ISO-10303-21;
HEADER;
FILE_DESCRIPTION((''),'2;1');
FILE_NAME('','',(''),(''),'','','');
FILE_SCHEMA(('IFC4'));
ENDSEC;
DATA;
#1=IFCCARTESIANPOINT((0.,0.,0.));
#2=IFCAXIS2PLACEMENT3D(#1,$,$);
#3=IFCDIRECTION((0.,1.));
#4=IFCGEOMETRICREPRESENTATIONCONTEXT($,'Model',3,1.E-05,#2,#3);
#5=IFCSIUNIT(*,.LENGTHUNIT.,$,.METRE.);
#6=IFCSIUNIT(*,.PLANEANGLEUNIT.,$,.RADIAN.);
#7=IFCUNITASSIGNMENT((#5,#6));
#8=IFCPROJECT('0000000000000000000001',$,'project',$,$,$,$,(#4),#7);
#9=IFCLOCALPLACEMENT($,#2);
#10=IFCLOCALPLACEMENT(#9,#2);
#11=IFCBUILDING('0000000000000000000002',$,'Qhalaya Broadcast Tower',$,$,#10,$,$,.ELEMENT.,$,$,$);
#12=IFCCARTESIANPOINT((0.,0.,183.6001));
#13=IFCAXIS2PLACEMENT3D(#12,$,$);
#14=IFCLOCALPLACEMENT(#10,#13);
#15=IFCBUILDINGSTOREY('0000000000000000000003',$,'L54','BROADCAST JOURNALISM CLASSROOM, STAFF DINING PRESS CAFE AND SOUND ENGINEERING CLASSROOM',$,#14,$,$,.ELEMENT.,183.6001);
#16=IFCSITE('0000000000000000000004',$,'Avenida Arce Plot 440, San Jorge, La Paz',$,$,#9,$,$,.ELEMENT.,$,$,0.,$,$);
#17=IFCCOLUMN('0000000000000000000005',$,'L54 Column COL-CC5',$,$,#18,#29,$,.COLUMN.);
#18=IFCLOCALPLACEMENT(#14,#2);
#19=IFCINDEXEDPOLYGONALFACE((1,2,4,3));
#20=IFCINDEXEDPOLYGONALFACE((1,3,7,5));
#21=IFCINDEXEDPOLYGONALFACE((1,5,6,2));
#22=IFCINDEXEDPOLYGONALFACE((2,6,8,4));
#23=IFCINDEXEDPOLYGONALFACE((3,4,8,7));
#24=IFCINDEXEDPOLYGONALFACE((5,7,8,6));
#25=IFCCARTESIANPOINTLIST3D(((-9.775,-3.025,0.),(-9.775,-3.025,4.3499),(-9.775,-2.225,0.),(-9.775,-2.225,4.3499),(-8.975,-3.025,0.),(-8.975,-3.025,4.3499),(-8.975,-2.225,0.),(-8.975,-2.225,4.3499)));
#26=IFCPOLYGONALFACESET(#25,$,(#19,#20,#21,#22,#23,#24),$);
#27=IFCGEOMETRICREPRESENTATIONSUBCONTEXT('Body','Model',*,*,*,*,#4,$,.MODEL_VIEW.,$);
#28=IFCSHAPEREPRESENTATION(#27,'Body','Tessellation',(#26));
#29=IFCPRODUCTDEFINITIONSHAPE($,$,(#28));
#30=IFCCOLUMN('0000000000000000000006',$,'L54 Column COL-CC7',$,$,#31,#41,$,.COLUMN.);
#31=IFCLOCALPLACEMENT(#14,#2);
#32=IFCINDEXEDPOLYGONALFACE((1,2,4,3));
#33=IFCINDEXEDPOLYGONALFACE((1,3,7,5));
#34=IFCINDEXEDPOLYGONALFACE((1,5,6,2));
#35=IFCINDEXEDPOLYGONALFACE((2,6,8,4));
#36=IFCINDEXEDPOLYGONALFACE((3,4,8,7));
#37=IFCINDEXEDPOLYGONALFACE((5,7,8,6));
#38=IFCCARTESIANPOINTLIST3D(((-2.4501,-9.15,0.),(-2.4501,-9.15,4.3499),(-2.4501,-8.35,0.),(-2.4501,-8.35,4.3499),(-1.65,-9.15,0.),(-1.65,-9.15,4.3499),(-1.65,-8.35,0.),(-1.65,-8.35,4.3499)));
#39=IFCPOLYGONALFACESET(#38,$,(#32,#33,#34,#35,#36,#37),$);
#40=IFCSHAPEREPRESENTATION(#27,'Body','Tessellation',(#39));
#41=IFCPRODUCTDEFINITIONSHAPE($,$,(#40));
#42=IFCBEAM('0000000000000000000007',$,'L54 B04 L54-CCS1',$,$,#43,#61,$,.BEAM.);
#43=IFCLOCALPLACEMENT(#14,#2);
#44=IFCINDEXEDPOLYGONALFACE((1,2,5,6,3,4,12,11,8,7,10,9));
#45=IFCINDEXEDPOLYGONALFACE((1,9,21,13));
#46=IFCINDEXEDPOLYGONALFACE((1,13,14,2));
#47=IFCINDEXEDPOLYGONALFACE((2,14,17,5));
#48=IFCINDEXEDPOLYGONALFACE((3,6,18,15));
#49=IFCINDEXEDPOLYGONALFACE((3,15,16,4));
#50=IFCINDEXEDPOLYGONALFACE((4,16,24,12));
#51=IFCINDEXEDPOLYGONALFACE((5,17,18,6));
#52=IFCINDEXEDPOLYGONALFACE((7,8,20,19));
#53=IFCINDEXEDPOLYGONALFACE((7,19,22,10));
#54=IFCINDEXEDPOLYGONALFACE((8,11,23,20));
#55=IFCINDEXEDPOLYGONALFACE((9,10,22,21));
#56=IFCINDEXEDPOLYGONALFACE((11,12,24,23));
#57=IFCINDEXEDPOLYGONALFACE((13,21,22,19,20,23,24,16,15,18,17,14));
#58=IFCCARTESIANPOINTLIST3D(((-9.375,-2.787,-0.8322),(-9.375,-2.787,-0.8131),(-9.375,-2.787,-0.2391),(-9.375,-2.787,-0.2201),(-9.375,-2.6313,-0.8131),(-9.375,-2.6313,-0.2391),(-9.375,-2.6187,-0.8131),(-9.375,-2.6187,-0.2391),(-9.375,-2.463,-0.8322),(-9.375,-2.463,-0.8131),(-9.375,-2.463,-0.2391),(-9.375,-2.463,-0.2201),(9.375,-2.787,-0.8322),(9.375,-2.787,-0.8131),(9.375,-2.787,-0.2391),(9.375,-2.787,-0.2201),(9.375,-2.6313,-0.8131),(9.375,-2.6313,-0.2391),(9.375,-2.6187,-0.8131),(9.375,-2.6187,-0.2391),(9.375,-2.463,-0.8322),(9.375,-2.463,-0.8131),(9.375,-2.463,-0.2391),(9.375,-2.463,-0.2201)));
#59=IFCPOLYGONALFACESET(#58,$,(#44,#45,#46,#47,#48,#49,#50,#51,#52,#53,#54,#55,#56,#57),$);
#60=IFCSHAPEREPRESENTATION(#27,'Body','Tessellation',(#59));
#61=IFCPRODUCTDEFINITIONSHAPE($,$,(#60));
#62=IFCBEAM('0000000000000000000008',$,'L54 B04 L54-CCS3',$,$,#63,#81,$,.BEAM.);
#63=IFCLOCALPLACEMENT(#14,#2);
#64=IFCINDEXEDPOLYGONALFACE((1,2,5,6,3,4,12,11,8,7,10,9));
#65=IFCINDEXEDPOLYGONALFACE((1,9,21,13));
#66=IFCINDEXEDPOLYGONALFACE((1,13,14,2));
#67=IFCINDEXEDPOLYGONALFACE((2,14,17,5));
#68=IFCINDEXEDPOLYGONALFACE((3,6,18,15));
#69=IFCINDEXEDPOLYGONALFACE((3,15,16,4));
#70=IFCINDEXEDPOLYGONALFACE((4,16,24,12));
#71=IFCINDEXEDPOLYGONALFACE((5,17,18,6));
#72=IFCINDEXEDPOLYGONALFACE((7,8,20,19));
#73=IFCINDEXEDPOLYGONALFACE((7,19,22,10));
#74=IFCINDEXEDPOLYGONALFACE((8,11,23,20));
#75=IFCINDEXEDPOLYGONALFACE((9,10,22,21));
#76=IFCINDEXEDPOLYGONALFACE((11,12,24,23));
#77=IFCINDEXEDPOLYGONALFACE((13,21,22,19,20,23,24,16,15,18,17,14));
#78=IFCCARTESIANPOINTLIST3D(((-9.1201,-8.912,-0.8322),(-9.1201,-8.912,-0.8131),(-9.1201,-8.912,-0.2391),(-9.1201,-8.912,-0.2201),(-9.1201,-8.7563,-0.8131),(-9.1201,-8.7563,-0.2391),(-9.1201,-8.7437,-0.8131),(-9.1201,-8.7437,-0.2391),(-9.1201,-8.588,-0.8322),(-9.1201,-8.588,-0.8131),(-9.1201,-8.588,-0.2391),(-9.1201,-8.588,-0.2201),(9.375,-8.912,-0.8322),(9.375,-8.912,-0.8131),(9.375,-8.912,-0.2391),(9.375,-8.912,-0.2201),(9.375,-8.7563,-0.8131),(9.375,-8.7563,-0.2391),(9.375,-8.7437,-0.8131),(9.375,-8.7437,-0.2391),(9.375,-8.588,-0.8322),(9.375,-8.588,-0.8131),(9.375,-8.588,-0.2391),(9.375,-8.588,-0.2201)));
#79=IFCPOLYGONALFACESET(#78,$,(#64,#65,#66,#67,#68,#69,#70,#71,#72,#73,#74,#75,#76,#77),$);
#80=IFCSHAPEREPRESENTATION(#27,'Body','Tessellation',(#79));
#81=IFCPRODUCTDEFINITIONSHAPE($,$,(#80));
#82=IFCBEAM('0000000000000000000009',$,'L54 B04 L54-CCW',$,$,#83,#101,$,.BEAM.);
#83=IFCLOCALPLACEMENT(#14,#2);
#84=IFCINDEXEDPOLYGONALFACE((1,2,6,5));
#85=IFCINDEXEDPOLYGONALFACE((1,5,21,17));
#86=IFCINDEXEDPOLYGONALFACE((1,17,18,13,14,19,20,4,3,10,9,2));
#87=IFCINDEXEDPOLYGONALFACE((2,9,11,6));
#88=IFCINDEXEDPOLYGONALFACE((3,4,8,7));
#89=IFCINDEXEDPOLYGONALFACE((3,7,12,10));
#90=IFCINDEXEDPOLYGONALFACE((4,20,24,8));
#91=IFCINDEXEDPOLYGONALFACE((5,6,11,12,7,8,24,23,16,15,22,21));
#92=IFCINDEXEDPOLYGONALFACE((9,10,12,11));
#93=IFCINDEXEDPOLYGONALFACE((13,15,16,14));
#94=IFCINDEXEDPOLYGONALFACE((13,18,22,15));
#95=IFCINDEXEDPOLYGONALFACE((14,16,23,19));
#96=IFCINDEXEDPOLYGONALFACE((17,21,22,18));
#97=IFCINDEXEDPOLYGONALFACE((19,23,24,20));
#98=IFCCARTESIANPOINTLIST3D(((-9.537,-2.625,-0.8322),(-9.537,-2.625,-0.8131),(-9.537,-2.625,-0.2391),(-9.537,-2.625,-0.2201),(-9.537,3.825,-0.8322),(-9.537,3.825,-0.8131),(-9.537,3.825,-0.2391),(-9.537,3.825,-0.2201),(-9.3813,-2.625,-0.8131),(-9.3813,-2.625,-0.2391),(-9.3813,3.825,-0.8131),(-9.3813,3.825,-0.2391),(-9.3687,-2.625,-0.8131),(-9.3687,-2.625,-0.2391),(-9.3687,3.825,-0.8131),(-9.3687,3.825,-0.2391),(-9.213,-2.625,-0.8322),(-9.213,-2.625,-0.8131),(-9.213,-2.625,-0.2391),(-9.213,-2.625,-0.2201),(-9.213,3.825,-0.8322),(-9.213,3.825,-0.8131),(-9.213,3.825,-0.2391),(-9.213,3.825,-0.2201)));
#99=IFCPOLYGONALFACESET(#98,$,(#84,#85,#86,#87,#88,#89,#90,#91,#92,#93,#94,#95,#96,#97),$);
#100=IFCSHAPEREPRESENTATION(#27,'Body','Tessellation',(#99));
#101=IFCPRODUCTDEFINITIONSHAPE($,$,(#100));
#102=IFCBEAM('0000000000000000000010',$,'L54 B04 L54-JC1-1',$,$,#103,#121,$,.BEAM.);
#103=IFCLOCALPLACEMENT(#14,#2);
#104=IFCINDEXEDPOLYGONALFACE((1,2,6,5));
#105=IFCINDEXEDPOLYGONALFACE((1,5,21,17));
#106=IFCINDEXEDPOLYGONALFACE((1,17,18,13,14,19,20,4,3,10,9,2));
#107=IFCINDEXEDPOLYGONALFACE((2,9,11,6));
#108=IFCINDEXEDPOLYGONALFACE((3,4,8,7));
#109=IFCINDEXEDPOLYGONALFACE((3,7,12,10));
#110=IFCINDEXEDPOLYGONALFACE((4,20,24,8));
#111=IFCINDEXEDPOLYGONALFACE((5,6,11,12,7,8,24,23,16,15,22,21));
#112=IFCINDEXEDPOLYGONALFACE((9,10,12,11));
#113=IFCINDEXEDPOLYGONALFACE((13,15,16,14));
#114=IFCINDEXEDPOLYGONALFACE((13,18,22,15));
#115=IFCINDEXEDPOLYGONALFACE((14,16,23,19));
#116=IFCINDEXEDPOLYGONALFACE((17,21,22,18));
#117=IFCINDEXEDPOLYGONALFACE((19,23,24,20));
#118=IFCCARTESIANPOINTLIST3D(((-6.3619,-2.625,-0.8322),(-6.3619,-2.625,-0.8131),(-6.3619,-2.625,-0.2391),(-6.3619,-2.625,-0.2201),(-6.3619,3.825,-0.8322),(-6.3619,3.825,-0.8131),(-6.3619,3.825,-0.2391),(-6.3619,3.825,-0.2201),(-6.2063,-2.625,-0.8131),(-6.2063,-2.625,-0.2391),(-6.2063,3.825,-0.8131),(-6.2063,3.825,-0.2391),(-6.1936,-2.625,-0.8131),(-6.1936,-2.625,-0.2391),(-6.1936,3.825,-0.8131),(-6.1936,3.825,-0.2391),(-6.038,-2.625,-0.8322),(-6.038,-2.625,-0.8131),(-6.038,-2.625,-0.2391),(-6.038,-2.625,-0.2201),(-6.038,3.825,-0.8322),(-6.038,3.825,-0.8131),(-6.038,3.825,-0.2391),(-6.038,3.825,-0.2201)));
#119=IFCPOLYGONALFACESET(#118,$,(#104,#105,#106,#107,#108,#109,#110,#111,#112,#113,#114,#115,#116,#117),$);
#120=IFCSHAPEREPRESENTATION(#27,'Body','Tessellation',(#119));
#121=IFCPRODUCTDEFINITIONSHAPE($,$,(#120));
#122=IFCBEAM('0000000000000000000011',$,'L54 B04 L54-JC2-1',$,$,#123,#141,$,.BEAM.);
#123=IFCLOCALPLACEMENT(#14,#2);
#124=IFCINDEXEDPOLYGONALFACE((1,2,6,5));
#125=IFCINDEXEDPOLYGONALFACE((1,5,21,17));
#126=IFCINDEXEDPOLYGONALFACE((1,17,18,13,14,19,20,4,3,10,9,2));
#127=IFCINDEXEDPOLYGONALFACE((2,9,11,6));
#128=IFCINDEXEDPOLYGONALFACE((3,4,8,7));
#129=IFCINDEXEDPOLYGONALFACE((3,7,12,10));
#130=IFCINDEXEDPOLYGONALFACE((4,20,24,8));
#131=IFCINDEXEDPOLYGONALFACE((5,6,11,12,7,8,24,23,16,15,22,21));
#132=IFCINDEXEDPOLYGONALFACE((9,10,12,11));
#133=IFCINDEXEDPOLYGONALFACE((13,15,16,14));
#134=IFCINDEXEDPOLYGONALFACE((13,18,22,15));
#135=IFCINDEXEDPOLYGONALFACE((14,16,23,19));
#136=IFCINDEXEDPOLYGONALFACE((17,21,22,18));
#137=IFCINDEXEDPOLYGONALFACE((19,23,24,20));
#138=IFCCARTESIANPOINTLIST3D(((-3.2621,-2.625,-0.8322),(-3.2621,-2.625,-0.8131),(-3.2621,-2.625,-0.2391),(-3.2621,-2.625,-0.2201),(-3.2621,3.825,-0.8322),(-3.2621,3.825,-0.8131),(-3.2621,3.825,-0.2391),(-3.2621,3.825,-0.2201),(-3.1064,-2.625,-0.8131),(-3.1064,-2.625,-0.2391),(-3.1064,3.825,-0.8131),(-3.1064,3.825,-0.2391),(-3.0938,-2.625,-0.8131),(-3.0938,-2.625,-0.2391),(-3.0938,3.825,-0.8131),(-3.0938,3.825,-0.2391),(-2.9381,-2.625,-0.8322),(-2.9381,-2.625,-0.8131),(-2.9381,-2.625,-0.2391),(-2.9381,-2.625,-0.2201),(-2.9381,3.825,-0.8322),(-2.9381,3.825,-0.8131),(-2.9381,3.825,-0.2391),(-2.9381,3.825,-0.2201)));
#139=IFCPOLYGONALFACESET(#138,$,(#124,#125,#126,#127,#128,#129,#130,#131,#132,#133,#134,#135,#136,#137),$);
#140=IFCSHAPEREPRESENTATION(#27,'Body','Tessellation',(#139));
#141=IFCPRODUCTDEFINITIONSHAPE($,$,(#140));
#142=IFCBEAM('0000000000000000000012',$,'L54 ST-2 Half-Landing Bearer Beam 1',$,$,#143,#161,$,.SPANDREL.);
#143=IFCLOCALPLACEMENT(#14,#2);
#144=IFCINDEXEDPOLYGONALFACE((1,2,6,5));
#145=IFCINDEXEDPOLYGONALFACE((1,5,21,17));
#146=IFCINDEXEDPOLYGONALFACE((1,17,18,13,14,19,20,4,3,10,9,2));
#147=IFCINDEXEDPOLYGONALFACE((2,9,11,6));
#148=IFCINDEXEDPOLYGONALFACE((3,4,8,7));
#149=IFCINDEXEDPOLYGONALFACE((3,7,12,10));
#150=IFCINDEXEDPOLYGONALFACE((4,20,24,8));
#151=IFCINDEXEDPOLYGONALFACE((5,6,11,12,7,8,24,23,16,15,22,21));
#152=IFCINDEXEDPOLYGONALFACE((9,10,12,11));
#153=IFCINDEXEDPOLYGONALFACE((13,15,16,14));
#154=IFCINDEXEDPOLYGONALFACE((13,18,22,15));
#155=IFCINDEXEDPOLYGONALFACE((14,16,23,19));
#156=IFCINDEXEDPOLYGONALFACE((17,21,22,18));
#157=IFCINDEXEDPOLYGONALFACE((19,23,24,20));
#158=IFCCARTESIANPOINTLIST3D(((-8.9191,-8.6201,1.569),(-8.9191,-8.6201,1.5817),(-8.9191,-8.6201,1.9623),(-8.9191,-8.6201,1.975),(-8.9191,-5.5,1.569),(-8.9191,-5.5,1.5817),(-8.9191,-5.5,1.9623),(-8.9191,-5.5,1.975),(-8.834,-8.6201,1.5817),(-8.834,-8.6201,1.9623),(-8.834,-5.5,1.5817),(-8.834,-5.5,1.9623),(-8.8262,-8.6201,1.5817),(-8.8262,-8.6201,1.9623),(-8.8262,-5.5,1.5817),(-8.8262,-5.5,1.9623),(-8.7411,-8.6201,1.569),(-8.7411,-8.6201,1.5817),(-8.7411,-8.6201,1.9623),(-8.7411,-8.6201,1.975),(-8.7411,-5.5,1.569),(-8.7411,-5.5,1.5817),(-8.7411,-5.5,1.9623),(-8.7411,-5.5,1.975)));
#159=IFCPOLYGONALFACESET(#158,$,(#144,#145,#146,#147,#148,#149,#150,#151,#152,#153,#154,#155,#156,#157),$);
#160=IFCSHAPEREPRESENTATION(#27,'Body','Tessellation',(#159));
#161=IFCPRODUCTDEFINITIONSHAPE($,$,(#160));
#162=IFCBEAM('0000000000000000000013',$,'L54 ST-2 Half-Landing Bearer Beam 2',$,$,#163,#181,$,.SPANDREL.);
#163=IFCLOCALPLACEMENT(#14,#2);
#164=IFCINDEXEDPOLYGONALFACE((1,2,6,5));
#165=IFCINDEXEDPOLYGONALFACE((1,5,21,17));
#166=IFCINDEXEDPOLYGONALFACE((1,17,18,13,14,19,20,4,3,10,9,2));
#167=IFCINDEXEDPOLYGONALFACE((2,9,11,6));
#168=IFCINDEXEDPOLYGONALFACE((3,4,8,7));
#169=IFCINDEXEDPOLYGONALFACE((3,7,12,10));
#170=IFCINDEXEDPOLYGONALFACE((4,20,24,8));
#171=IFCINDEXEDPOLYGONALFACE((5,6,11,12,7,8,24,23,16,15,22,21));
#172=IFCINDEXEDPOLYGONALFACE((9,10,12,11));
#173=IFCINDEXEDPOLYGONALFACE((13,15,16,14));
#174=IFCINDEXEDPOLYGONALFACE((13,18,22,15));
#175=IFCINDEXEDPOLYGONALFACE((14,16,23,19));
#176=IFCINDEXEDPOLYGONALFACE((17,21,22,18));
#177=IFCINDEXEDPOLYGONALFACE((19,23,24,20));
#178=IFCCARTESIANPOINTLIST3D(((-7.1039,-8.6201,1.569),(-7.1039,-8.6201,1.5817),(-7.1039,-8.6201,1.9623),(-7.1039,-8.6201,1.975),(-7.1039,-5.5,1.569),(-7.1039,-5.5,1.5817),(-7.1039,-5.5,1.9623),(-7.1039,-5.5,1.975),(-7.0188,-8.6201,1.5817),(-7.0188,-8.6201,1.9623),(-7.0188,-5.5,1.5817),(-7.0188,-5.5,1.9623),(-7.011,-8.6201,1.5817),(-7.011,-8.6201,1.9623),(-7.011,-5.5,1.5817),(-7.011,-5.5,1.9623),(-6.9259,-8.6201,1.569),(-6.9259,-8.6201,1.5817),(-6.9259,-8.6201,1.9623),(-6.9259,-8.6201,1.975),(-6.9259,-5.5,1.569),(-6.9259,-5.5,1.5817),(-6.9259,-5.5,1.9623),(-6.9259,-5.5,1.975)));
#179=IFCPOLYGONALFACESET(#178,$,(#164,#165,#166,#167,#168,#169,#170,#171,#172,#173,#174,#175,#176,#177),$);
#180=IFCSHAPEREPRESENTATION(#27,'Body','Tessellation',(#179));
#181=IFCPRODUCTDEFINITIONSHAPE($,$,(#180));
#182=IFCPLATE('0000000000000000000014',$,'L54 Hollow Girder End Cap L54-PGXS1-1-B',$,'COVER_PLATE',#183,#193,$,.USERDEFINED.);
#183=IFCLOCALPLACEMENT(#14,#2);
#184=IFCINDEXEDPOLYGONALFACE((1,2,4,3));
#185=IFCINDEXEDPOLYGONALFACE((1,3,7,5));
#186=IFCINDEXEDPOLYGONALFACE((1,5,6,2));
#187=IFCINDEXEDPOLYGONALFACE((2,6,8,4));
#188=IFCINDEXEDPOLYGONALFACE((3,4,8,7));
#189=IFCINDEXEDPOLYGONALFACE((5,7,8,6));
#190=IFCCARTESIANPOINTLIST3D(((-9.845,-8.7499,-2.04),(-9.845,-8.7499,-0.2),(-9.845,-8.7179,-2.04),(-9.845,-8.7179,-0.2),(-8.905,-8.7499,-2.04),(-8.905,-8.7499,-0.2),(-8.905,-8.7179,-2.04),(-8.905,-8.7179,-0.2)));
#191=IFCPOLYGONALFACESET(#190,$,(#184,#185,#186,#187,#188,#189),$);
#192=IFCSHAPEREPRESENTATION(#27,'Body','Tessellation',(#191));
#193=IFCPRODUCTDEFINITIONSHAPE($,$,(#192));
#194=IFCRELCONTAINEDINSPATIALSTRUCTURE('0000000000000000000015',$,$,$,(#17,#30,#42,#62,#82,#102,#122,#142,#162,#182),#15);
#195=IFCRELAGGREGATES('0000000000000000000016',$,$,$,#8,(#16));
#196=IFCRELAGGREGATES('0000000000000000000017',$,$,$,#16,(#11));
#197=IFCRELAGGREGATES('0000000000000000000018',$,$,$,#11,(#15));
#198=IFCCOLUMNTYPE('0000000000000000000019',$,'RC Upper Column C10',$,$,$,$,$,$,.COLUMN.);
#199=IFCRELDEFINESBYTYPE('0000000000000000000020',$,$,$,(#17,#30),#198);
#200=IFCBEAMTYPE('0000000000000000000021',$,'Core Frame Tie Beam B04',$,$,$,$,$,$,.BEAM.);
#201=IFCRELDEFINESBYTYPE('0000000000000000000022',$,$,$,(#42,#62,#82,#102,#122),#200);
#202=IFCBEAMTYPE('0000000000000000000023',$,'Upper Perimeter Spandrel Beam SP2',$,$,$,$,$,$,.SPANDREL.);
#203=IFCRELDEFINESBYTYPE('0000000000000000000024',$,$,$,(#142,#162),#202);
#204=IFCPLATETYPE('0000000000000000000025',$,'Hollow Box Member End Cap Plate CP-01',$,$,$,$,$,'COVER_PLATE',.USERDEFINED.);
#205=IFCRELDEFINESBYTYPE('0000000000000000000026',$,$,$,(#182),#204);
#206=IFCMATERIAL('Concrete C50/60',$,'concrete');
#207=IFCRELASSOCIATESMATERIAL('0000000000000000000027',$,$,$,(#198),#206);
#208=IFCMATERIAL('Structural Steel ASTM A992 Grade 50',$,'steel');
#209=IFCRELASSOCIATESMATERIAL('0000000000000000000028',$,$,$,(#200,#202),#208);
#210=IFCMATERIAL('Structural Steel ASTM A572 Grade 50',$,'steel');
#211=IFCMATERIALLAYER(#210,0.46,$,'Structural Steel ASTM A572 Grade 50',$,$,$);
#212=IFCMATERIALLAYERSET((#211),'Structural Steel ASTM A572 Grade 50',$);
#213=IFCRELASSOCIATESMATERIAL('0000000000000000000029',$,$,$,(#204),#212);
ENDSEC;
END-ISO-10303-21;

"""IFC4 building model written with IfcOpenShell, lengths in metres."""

from ifc_helpers import new_model, si_unit, direction, frame, origin, origin_2d, place, context, subcontext, project, spatial, rectangle, i_section, extrude, material, layer, layer_set, material_profile, profile_set, type_object, element, save


model = new_model("IFC4")

# Units and contexts
model_context = context("Model", 3, precision=1e-05, world=origin(), true_north=direction((0.0, 1.0)))
body_context = subcontext(model_context, "Body", "Model", "MODEL_VIEW")
ifc_project = project(units=[si_unit("LENGTHUNIT", "METRE"), si_unit("PLANEANGLEUNIT", "RADIAN")], contexts=[model_context])

# Site, building, storey
site_placement = place(None, origin())
site = spatial("IfcSite", under=ifc_project, at=site_placement, Name="Avenida Arce Plot 440, San Jorge, La Paz", CompositionType="ELEMENT", RefElevation=0.0)
building_placement = place(site_placement, origin())
building = spatial("IfcBuilding", under=site, at=building_placement, Name="Qhalaya Broadcast Tower", CompositionType="ELEMENT")
storey_placement = place(building_placement, frame((0.0, 0.0, 183.6001)))
storey = spatial("IfcBuildingStorey", under=building, at=storey_placement, Name="L54", Description="BROADCAST JOURNALISM CLASSROOM, STAFF DINING PRESS CAFE AND SOUND ENGINEERING CLASSROOM", CompositionType="ELEMENT", Elevation=183.6001)

# Columns
ifc_material_1 = material(Name="Concrete C50/60", Category="concrete")
ifc_material_profile_1 = material_profile(ifc_material_1, rectangle(XDim=0.8, YDim=0.8, at=origin_2d()), Name="RC-COL 800x800")
ifc_profile_set_1 = profile_set([ifc_material_profile_1], Name="Concrete C50/60")
column_type = type_object("IfcColumnType", Name="RC Upper Column C10", PredefinedType="COLUMN", material=ifc_profile_set_1)
for number, where, z_axis, x_axis, name in (
    (1, (-9.375, -2.625, 0.0), (0.0, 0.0, 1.0), (1.0, 0.0, 0.0), "L54 Column COL-CC5"),
    (2, (-2.05, -8.75, 0.0), (0.0, 0.0, 1.0), (1.0, 0.0, 0.0), "L54 Column COL-CC7"),
):
    element("IfcColumn", number, at=place(storey_placement, frame(where, z_axis=z_axis, x_axis=x_axis)), inside=storey, type_object=column_type, Name=name, PredefinedType="COLUMN", context=body_context, shape_type="SweptSolid", body=[
        extrude(rectangle(XDim=0.8, YDim=0.8, at=origin_2d()), origin(), (0.0, 0.0, 1.0), 4.3499),
    ])

# Beams
ifc_material_2 = material(Name="Structural Steel ASTM A992 Grade 50", Category="steel")
ifc_material_profile_2 = material_profile(ifc_material_2, i_section(OverallWidth=0.324, OverallDepth=0.6121, WebThickness=0.0127, FlangeThickness=0.019, at=origin_2d()), Name="W24X104")
ifc_profile_set_2 = profile_set([ifc_material_profile_2], Name="Structural Steel ASTM A992 Grade 50")
beam_type_1 = type_object("IfcBeamType", Name="Core Frame Tie Beam B04", PredefinedType="BEAM", material=ifc_profile_set_2)
beam_1_placement = place(storey_placement, frame((-9.375, -2.625, -0.5261), z_axis=(1.0, 0.0, 0.0), x_axis=(0.0, 1.0, 0.0)))
element("IfcBeam", 3, at=beam_1_placement, inside=storey, type_object=beam_type_1, Name="L54 B04 L54-CCS1", PredefinedType="BEAM", context=body_context, shape_type="SweptSolid", body=[
    extrude(i_section(OverallWidth=0.324, OverallDepth=0.6121, WebThickness=0.0127, FlangeThickness=0.019, at=origin_2d()), origin(), (0.0, 0.0, 1.0), 18.75),
])
beam_2_placement = place(storey_placement, frame((-9.1201, -8.75, -0.5261), z_axis=(1.0, 0.0, 0.0), x_axis=(0.0, 1.0, 0.0)))
element("IfcBeam", 4, at=beam_2_placement, inside=storey, type_object=beam_type_1, Name="L54 B04 L54-CCS3", PredefinedType="BEAM", context=body_context, shape_type="SweptSolid", body=[
    extrude(i_section(OverallWidth=0.324, OverallDepth=0.6121, WebThickness=0.0127, FlangeThickness=0.019, at=origin_2d()), origin(), (0.0, 0.0, 1.0), 18.4951),
])
for number, where, z_axis, x_axis, name in (
    (5, (-9.375, -2.625, -0.5261), (0.0, 1.0, 0.0), (-1.0, 0.0, 0.0), "L54 B04 L54-CCW"),
    (6, (-6.2, -2.625, -0.5261), (0.0, 1.0, 0.0), (-1.0, 0.0, 0.0), "L54 B04 L54-JC1-1"),
    (7, (-3.1001, -2.625, -0.5261), (0.0, 1.0, 0.0), (-1.0, 0.0, 0.0), "L54 B04 L54-JC2-1"),
):
    element("IfcBeam", number, at=place(storey_placement, frame(where, z_axis=z_axis, x_axis=x_axis)), inside=storey, type_object=beam_type_1, Name=name, PredefinedType="BEAM", context=body_context, shape_type="SweptSolid", body=[
        extrude(i_section(OverallWidth=0.324, OverallDepth=0.6121, WebThickness=0.0127, FlangeThickness=0.019, at=origin_2d()), origin(), (0.0, 0.0, 1.0), 6.45),
    ])
ifc_material_profile_3 = material_profile(ifc_material_2, i_section(OverallWidth=0.178, OverallDepth=0.406, WebThickness=0.0078, FlangeThickness=0.0127, at=origin_2d()), Name="W16X40")
ifc_profile_set_3 = profile_set([ifc_material_profile_3], Name="Structural Steel ASTM A992 Grade 50")
beam_type_2 = type_object("IfcBeamType", Name="Upper Perimeter Spandrel Beam SP2", PredefinedType="SPANDREL", material=ifc_profile_set_3)
for number, where, z_axis, x_axis, name in (
    (8, (-8.8301, -8.6201, 1.772), (0.0, 1.0, 0.0), (-1.0, 0.0, 0.0), "L54 ST-2 Half-Landing Bearer Beam 1"),
    (9, (-7.0149, -8.6201, 1.772), (0.0, 1.0, 0.0), (-1.0, 0.0, 0.0), "L54 ST-2 Half-Landing Bearer Beam 2"),
):
    element("IfcBeam", number, at=place(storey_placement, frame(where, z_axis=z_axis, x_axis=x_axis)), inside=storey, type_object=beam_type_2, Name=name, PredefinedType="SPANDREL", context=body_context, shape_type="SweptSolid", body=[
        extrude(i_section(OverallWidth=0.178, OverallDepth=0.406, WebThickness=0.0078, FlangeThickness=0.0127, at=origin_2d()), origin(), (0.0, 0.0, 1.0), 3.1201),
    ])

# Plate
ifc_material_3 = material(Name="Structural Steel ASTM A572 Grade 50", Category="steel")
ifc_layer_1 = layer(ifc_material_3, 0.46, Name="Structural Steel ASTM A572 Grade 50")
ifc_layer_set_1 = layer_set([ifc_layer_1], Name="Structural Steel ASTM A572 Grade 50")
plate_type = type_object("IfcPlateType", Name="Hollow Box Member End Cap Plate CP-01", ElementType="COVER_PLATE", PredefinedType="USERDEFINED", material=ifc_layer_set_1)
for number, where, z_axis, x_axis, name in (
    (10, (-9.375, -8.7339, -2.04), (0.0, 0.0, 1.0), (-1.0, 0.0, 0.0), "L54 Hollow Girder End Cap L54-PGXS1-1-B"),
):
    element("IfcPlate", number, at=place(storey_placement, frame(where, z_axis=z_axis, x_axis=x_axis)), inside=storey, type_object=plate_type, Name=name, ObjectType="COVER_PLATE", PredefinedType="USERDEFINED", context=body_context, shape_type="SweptSolid", body=[
        extrude(rectangle(XDim=0.9399, YDim=0.032, at=origin_2d()), origin(), (0.0, 0.0, 1.0), 1.8401),
    ])

save(model, "model.ifc")
